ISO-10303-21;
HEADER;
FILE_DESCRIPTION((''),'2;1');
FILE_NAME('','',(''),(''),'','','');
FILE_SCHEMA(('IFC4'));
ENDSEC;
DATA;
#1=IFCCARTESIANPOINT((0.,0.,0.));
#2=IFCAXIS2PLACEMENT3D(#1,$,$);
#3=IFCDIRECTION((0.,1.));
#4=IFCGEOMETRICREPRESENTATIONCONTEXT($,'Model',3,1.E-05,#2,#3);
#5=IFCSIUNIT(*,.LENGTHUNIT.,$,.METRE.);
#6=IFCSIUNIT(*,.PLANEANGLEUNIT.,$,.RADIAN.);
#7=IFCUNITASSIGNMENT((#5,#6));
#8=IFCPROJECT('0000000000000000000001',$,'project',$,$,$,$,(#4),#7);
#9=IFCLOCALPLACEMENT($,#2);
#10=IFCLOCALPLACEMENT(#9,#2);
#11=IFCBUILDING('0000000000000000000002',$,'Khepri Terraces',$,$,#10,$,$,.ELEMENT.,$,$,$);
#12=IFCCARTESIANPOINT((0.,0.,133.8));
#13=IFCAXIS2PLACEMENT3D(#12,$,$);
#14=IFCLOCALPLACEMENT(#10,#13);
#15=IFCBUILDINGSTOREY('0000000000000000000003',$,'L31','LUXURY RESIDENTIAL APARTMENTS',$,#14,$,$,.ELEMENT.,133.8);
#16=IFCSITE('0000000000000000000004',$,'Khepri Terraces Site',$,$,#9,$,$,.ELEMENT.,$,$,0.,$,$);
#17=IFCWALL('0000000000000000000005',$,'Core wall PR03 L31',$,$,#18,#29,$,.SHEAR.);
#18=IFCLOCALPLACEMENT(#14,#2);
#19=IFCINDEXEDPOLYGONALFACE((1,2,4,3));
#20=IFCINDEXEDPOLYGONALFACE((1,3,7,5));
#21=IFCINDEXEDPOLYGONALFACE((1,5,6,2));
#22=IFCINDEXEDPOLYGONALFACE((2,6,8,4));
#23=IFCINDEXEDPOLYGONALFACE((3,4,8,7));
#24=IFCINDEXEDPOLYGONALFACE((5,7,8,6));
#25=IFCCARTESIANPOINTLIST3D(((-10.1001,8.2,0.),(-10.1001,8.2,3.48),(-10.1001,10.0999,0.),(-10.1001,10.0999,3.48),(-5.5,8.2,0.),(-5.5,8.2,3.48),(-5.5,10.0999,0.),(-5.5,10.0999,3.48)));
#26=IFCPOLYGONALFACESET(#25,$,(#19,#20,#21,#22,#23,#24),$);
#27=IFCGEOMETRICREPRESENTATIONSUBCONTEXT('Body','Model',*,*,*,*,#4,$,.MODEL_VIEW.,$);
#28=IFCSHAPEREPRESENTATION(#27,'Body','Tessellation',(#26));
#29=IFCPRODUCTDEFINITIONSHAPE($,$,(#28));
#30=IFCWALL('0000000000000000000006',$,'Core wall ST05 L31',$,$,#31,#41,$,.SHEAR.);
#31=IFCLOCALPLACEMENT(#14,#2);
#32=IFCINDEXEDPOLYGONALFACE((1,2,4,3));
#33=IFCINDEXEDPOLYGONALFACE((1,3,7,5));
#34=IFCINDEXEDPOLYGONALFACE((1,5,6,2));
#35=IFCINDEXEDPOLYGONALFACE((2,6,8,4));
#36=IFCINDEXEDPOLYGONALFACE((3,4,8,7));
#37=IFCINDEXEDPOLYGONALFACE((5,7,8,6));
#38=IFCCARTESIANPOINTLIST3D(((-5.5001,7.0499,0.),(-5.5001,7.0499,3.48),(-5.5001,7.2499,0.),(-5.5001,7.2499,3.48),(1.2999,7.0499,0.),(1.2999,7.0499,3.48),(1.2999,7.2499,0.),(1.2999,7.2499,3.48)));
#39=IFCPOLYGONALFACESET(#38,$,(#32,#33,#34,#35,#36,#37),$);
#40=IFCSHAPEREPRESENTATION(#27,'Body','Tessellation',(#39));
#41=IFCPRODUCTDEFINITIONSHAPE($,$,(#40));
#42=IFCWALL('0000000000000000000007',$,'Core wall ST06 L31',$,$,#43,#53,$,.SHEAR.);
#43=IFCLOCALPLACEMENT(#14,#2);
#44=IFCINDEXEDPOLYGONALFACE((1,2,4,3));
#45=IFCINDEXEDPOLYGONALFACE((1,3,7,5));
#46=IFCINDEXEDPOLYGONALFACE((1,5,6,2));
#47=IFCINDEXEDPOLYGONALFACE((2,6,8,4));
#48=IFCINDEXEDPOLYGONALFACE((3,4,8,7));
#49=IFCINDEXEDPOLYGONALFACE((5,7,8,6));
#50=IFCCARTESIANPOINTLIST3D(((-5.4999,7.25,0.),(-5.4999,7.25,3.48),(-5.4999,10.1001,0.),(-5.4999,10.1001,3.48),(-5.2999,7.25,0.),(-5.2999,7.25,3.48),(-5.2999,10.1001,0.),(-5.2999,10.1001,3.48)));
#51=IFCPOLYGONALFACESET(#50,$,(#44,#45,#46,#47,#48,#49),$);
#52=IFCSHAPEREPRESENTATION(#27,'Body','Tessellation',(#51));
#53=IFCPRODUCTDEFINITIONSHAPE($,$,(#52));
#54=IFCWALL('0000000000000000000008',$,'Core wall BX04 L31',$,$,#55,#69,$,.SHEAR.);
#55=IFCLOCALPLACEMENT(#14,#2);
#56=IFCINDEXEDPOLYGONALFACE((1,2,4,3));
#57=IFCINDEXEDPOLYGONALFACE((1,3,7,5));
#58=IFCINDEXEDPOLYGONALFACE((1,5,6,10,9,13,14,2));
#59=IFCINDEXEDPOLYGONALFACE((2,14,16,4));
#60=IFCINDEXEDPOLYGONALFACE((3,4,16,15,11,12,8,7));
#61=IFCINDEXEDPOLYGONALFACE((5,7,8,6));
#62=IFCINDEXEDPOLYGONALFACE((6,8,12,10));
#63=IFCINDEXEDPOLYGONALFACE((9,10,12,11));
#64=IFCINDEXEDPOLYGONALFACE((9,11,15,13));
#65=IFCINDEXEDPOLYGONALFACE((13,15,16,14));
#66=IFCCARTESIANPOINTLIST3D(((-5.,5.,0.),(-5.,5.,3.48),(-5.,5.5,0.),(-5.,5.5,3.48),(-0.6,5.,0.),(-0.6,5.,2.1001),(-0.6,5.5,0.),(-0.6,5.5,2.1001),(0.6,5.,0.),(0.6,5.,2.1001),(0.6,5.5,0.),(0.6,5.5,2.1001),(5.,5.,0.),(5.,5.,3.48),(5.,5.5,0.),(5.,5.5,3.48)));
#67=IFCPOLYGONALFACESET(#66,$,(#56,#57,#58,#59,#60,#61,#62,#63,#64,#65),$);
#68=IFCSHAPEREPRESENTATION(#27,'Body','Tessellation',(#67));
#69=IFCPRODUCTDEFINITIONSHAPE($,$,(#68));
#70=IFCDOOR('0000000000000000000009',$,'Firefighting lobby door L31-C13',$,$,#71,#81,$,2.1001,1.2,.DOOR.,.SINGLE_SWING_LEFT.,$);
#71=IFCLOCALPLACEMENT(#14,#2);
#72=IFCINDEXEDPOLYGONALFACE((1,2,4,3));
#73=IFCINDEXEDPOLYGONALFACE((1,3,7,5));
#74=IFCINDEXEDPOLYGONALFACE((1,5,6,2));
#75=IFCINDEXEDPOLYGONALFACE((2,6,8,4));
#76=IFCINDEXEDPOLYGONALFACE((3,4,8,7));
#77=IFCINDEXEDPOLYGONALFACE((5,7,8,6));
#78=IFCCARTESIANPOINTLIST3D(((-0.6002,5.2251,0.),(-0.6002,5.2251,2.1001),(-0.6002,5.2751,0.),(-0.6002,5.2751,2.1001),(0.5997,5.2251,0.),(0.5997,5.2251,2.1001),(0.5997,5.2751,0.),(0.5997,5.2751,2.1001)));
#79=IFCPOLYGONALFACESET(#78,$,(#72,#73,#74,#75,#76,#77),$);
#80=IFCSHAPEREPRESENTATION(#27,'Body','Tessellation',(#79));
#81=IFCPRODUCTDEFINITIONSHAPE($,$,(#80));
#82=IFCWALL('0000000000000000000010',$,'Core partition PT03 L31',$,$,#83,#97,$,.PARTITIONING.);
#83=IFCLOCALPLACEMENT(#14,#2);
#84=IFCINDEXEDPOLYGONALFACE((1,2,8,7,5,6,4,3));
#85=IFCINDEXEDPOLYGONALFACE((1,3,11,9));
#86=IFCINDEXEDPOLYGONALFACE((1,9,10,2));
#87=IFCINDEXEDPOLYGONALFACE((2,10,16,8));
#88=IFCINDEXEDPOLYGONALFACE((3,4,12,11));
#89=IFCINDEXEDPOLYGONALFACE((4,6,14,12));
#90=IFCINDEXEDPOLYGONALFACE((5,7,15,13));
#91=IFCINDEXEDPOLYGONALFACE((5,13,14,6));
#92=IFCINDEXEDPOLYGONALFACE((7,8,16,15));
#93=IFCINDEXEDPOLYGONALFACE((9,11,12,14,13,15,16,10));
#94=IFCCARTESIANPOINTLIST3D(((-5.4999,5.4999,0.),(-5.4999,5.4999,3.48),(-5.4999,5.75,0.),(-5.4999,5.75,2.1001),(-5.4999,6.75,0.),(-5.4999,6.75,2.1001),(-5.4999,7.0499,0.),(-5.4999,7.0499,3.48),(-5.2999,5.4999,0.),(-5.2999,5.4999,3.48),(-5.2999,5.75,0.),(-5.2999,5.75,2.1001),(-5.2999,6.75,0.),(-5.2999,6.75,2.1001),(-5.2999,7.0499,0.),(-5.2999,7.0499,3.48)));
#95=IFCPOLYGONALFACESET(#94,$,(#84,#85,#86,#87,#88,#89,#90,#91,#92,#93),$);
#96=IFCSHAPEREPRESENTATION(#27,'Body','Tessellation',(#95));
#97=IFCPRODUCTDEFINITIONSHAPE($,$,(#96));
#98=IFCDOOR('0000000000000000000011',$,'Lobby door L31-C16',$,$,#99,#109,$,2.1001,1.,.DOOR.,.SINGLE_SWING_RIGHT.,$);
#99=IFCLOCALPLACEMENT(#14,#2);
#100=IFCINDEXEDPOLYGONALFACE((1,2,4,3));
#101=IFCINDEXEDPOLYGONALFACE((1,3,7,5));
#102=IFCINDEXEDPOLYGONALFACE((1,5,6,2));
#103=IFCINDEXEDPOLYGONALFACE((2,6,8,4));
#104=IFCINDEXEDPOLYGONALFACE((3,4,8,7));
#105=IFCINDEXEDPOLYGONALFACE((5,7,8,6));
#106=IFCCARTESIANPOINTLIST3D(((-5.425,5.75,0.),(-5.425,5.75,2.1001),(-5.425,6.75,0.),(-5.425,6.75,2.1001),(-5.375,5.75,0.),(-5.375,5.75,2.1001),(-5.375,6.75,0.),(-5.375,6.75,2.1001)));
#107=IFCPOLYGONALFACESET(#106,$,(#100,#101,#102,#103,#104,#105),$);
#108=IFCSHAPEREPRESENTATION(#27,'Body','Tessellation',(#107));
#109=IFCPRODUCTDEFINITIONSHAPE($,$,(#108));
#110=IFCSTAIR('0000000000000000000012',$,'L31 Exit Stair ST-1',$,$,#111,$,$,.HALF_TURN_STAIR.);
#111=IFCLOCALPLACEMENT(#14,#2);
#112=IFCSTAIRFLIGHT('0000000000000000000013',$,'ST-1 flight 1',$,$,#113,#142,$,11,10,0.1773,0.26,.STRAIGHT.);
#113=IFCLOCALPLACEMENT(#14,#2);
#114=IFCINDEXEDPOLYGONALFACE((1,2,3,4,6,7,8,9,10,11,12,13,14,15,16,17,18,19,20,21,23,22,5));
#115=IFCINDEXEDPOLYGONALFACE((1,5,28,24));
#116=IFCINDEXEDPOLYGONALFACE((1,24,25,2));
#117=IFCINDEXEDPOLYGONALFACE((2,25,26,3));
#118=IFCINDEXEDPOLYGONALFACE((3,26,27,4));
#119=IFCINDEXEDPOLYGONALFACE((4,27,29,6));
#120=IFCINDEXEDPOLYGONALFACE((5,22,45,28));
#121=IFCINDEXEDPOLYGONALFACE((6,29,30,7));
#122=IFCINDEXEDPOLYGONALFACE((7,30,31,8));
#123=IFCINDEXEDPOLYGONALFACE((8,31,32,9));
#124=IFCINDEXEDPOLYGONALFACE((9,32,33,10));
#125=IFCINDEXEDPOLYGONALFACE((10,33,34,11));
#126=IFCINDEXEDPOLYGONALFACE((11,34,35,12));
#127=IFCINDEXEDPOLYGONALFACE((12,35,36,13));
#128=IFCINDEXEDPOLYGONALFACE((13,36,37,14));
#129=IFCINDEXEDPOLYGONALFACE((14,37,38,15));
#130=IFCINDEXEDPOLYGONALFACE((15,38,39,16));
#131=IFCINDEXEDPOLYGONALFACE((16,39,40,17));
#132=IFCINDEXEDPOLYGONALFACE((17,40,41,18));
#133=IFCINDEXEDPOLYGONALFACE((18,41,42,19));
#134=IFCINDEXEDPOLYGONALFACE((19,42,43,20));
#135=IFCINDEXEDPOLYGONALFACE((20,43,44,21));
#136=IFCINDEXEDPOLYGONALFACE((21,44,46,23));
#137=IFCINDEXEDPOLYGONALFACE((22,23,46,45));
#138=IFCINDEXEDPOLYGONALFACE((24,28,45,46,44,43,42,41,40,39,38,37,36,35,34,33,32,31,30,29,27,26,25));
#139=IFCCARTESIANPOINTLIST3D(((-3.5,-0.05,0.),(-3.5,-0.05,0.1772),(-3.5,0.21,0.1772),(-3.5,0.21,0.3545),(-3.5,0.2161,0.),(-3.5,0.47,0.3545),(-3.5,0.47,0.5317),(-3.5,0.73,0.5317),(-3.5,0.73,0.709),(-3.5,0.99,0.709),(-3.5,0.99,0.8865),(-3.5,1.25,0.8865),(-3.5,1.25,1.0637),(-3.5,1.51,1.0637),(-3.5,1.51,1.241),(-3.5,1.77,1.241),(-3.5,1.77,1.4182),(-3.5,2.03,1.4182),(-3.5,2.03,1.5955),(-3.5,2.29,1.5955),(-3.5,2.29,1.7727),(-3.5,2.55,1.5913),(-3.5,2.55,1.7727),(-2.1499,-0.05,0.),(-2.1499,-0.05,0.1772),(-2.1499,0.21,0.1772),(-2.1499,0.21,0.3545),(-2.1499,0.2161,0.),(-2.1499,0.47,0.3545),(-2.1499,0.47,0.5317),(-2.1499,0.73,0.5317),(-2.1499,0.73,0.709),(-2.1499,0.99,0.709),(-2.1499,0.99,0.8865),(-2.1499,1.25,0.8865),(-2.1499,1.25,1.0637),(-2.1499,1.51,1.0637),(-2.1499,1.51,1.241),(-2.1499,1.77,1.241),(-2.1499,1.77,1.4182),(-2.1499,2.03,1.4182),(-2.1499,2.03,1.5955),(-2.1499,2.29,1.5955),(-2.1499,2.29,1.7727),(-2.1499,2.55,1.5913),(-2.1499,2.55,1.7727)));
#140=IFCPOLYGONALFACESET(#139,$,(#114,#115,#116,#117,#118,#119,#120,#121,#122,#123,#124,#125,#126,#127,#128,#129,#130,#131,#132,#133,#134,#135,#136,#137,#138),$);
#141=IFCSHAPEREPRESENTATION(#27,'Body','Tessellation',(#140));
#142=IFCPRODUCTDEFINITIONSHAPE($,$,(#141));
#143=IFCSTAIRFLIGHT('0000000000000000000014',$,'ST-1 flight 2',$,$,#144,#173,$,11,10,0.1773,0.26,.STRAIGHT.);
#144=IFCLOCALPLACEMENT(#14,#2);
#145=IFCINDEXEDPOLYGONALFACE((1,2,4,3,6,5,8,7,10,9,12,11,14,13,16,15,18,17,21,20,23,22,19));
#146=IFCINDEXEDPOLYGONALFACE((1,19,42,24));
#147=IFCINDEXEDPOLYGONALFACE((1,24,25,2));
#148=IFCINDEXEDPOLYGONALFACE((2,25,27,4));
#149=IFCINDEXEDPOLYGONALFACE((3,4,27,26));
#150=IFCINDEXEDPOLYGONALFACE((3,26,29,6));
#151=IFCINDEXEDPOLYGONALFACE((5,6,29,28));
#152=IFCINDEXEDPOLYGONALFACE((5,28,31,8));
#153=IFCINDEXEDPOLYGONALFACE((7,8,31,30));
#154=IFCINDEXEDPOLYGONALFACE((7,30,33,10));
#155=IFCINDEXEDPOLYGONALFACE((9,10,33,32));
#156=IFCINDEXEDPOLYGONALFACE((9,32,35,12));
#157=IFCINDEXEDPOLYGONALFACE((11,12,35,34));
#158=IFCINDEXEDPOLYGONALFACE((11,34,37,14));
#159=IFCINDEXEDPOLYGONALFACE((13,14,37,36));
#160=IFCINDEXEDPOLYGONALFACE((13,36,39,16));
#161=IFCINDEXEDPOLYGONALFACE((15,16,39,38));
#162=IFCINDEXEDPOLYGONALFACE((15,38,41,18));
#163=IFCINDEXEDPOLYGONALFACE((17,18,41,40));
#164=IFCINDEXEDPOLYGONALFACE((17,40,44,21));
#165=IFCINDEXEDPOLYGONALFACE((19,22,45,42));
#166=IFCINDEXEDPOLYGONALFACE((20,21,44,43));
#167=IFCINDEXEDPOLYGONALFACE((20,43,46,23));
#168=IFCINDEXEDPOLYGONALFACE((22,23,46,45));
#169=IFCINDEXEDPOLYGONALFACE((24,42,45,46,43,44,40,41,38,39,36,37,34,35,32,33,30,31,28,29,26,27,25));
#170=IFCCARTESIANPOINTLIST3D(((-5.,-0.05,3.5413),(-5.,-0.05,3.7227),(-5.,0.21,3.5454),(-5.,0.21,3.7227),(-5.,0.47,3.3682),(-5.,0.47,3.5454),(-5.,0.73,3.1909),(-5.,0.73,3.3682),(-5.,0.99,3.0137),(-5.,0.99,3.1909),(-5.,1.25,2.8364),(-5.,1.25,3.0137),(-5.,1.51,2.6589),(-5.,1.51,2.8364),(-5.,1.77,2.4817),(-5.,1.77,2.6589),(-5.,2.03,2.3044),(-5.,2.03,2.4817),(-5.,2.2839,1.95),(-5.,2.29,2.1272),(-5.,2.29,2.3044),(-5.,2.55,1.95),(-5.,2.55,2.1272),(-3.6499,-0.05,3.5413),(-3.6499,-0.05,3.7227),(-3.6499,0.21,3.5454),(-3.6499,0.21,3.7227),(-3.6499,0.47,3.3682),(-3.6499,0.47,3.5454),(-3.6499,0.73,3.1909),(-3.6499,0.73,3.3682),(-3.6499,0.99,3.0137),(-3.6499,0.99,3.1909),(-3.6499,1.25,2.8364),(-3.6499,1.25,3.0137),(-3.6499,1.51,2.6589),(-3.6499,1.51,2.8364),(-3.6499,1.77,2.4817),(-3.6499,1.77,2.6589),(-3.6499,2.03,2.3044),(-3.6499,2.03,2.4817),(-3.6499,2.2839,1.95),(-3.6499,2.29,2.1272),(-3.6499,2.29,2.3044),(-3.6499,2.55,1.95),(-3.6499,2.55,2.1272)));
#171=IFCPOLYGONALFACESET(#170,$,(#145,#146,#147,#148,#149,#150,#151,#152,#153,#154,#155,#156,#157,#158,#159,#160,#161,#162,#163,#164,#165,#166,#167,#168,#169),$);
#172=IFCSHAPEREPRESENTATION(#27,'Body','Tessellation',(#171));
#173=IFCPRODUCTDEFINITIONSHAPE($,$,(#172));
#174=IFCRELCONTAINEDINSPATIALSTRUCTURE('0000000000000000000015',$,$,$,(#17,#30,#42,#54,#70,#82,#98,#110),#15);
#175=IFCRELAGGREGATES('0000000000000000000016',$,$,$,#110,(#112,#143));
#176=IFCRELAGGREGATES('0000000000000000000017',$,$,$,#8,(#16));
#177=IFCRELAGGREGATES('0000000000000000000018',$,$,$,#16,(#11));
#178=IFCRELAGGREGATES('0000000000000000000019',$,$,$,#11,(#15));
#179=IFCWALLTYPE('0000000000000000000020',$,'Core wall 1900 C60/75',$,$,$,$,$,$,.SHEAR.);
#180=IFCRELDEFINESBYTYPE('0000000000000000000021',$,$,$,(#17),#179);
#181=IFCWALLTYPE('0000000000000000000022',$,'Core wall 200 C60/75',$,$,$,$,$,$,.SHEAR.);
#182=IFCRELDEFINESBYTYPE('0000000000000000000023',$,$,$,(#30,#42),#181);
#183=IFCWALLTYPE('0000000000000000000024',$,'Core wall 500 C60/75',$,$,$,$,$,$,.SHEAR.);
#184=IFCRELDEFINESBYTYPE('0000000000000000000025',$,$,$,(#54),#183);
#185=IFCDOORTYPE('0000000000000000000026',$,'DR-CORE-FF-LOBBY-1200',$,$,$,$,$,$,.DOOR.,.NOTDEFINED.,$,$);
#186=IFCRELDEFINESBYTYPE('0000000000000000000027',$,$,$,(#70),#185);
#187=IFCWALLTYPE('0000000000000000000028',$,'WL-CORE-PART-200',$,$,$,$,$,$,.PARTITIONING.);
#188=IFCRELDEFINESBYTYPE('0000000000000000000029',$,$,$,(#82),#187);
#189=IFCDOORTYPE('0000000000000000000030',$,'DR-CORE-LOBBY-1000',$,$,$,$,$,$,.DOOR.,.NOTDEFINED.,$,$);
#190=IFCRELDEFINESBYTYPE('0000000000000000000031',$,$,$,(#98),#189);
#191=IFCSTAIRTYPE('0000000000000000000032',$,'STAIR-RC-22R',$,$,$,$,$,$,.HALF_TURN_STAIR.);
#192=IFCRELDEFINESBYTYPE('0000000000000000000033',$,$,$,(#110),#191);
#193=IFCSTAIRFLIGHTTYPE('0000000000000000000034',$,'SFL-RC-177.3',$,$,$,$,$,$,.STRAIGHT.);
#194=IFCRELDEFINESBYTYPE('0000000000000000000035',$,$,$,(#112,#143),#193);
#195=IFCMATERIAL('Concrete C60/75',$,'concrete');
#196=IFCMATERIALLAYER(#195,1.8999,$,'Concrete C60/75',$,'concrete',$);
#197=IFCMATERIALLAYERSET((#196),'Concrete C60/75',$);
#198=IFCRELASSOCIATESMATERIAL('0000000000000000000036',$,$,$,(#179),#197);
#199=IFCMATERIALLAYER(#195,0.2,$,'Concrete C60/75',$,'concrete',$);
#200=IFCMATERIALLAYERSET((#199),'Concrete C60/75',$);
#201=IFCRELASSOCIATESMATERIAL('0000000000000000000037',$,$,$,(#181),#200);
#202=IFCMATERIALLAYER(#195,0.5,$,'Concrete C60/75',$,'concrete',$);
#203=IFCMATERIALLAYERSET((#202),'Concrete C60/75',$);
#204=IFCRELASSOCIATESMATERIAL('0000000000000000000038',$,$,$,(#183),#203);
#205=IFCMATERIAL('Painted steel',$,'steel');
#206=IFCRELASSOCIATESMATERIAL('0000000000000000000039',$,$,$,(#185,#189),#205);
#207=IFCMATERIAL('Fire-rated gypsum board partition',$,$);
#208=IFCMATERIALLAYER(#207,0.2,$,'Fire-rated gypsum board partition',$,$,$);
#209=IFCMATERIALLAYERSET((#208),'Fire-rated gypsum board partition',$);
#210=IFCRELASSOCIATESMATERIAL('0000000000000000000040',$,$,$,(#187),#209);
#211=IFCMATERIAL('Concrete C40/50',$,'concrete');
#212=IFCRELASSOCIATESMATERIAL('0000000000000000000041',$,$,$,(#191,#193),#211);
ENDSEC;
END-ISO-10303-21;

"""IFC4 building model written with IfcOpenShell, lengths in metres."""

from ifc_helpers import new_model, si_unit, direction, frame, frame_2d, origin, place, context, subcontext, project, spatial, polyline, rectangle, outline, extrude, material, layer, layer_set, type_object, element, fill, aggregate, save


model = new_model("IFC4")

# Units and contexts
model_context = context("Model", 3, precision=1e-05, world=origin(), true_north=direction((0.0, 1.0)))
body_context = subcontext(model_context, "Body", "Model", "MODEL_VIEW")
ifc_project = project(units=[si_unit("LENGTHUNIT", "METRE"), si_unit("PLANEANGLEUNIT", "RADIAN")], contexts=[model_context])

# Site, building, storey
site_placement = place(None, origin())
site = spatial("IfcSite", under=ifc_project, at=site_placement, Name="Khepri Terraces Site", CompositionType="ELEMENT", RefElevation=0.0)
building_placement = place(site_placement, origin())
building = spatial("IfcBuilding", under=site, at=building_placement, Name="Khepri Terraces", CompositionType="ELEMENT")
storey_placement = place(building_placement, frame((0.0, 0.0, 133.8)))
storey = spatial("IfcBuildingStorey", under=building, at=storey_placement, Name="L31", Description="LUXURY RESIDENTIAL APARTMENTS", CompositionType="ELEMENT", Elevation=133.8)

# Walls
ifc_material_1 = material(Name="Concrete C60/75", Category="concrete")
ifc_layer_1 = layer(ifc_material_1, 1.8999, Name="Concrete C60/75", Category="concrete")
ifc_layer_set_1 = layer_set([ifc_layer_1], Name="Concrete C60/75")
wall_type_1 = type_object("IfcWallType", Name="Core wall 1900 C60/75", PredefinedType="SHEAR", material=ifc_layer_set_1)
wall_1_placement = place(storey_placement, frame((-10.1001, 9.1499, 0.0), z_axis=(0.0, 0.0, 1.0), x_axis=(1.0, 0.0, 0.0)))
element("IfcWall", 1, at=wall_1_placement, inside=storey, type_object=wall_type_1, Name="Core wall PR03 L31", PredefinedType="SHEAR", context=body_context, shape_type="SweptSolid", body=[
    extrude(rectangle(XDim=4.6001, YDim=1.8999, at=frame_2d((2.3, 0.0))), origin(), (0.0, 0.0, 1.0), 3.48),
])
ifc_layer_2 = layer(ifc_material_1, 0.2, Name="Concrete C60/75", Category="concrete")
ifc_layer_set_2 = layer_set([ifc_layer_2], Name="Concrete C60/75")
wall_type_2 = type_object("IfcWallType", Name="Core wall 200 C60/75", PredefinedType="SHEAR", material=ifc_layer_set_2)
wall_2_placement = place(storey_placement, frame((-5.5, 7.1499, 0.0), z_axis=(0.0, 0.0, 1.0), x_axis=(1.0, 0.0, 0.0)))
element("IfcWall", 2, at=wall_2_placement, inside=storey, type_object=wall_type_2, Name="Core wall ST05 L31", PredefinedType="SHEAR", context=body_context, shape_type="SweptSolid", body=[
    extrude(rectangle(XDim=6.8, YDim=0.2, at=frame_2d((3.3999, 0.0))), origin(), (0.0, 0.0, 1.0), 3.48),
])
wall_3_placement = place(storey_placement, frame((-5.3999, 7.25, 0.0), z_axis=(0.0, 0.0, 1.0), x_axis=(0.0, 1.0, 0.0)))
element("IfcWall", 3, at=wall_3_placement, inside=storey, type_object=wall_type_2, Name="Core wall ST06 L31", PredefinedType="SHEAR", context=body_context, shape_type="SweptSolid", body=[
    extrude(rectangle(XDim=2.8501, YDim=0.2, at=frame_2d((1.425, 0.0))), origin(), (0.0, 0.0, 1.0), 3.48),
])

# Walls, openings, doors
ifc_layer_3 = layer(ifc_material_1, 0.5, Name="Concrete C60/75", Category="concrete")
ifc_layer_set_3 = layer_set([ifc_layer_3], Name="Concrete C60/75")
wall_type_3 = type_object("IfcWallType", Name="Core wall 500 C60/75", PredefinedType="SHEAR", material=ifc_layer_set_3)
wall_4_placement = place(storey_placement, frame((-5.0, 5.25, 0.0), z_axis=(0.0, 0.0, 1.0), x_axis=(1.0, 0.0, 0.0)))
wall_4 = element("IfcWall", 4, at=wall_4_placement, inside=storey, type_object=wall_type_3, Name="Core wall BX04 L31", PredefinedType="SHEAR", context=body_context, shape_type="SweptSolid", body=[
    extrude(rectangle(XDim=10.0, YDim=0.5, at=frame_2d((5.0, 0.0))), origin(), (0.0, 0.0, 1.0), 3.48),
])
opening_1_placement = place(wall_4_placement, frame((4.3999, 0.0, 0.0)))
opening_1 = element("IfcOpeningElement", 5, at=opening_1_placement, cuts=wall_4, PredefinedType="OPENING", context=body_context, shape_type="SweptSolid", body=[
    extrude(rectangle(XDim=1.2, YDim=2.1001, at=frame_2d((0.6001, 1.05))), frame((0.0, 0.26, 0.0), z_axis=(0.0, -1.0, 0.0), x_axis=(1.0, 0.0, 0.0)), (0.0, 0.0, 1.0), 0.52),
])
ifc_material_2 = material(Name="Painted steel", Category="steel")
door_type_1 = type_object("IfcDoorType", Name="DR-CORE-FF-LOBBY-1200", OperationType="NOTDEFINED", PredefinedType="DOOR", material=ifc_material_2)
door_1_placement = place(opening_1_placement, frame((1.2, 0.0, 0.0), z_axis=(0.0, 0.0, 1.0), x_axis=(-1.0, 0.0, 0.0)))
door_1 = element("IfcDoor", 6, at=door_1_placement, inside=storey, type_object=door_type_1, Name="Firefighting lobby door L31-C13", OperationType="SINGLE_SWING_LEFT", OverallHeight=2.1001, OverallWidth=1.2, PredefinedType="DOOR", context=body_context, shape_type="SweptSolid", body=[
    extrude(rectangle(XDim=1.2, YDim=2.1001, at=frame_2d((0.6001, 1.05))), frame((0.0, 0.0249, 0.0), z_axis=(0.0, -1.0, 0.0), x_axis=(1.0, 0.0, 0.0)), (0.0, 0.0, 1.0), 0.05),
])
fill(opening_1, door_1)
ifc_material_3 = material(Name="Fire-rated gypsum board partition")
ifc_layer_4 = layer(ifc_material_3, 0.2, Name="Fire-rated gypsum board partition")
ifc_layer_set_4 = layer_set([ifc_layer_4], Name="Fire-rated gypsum board partition")
wall_type_4 = type_object("IfcWallType", Name="WL-CORE-PART-200", PredefinedType="PARTITIONING", material=ifc_layer_set_4)
wall_5_placement = place(storey_placement, frame((-5.3999, 5.5, 0.0), z_axis=(0.0, 0.0, 1.0), x_axis=(0.0, 1.0, 0.0)))
wall_5 = element("IfcWall", 7, at=wall_5_placement, inside=storey, type_object=wall_type_4, Name="Core partition PT03 L31", PredefinedType="PARTITIONING", context=body_context, shape_type="SweptSolid", body=[
    extrude(rectangle(XDim=1.55, YDim=0.2, at=frame_2d((0.7749, 0.0))), origin(), (0.0, 0.0, 1.0), 3.48),
])
opening_2_placement = place(wall_5_placement, frame((0.25, 0.0, 0.0)))
opening_2 = element("IfcOpeningElement", 8, at=opening_2_placement, cuts=wall_5, PredefinedType="OPENING", context=body_context, shape_type="SweptSolid", body=[
    extrude(rectangle(XDim=1.0, YDim=2.1001, at=frame_2d((0.5, 1.05))), frame((0.0, 0.1099, 0.0), z_axis=(0.0, -1.0, 0.0), x_axis=(1.0, 0.0, 0.0)), (0.0, 0.0, 1.0), 0.22),
])
door_type_2 = type_object("IfcDoorType", Name="DR-CORE-LOBBY-1000", OperationType="NOTDEFINED", PredefinedType="DOOR", material=ifc_material_2)
door_2_placement = place(opening_2_placement, frame((1.0, 0.0, 0.0), z_axis=(0.0, 0.0, 1.0), x_axis=(-1.0, 0.0, 0.0)))
door_2 = element("IfcDoor", 9, at=door_2_placement, inside=storey, type_object=door_type_2, Name="Lobby door L31-C16", OperationType="SINGLE_SWING_RIGHT", OverallHeight=2.1001, OverallWidth=1.0, PredefinedType="DOOR", context=body_context, shape_type="SweptSolid", body=[
    extrude(rectangle(XDim=1.0, YDim=2.1001, at=frame_2d((0.5, 1.05))), frame((0.0, 0.0249, 0.0), z_axis=(0.0, -1.0, 0.0), x_axis=(1.0, 0.0, 0.0)), (0.0, 0.0, 1.0), 0.05),
])
fill(opening_2, door_2)

# Stair, stair flights
ifc_material_4 = material(Name="Concrete C40/50", Category="concrete")
stair_type = type_object("IfcStairType", Name="STAIR-RC-22R", PredefinedType="HALF_TURN_STAIR", material=ifc_material_4)
stair_1_placement = place(storey_placement, origin())
stair_1 = element("IfcStair", 10, at=stair_1_placement, inside=storey, type_object=stair_type, Name="L31 Exit Stair ST-1", PredefinedType="HALF_TURN_STAIR")
stair_flight_type = type_object("IfcStairFlightType", Name="SFL-RC-177.3", PredefinedType="STRAIGHT", material=ifc_material_4)
stair_flight_1_placement = place(storey_placement, frame((-2.825, -0.05, 0.0), z_axis=(0.0, 0.0, 1.0), x_axis=(0.0, 1.0, 0.0)))
stair_flight_1 = element("IfcStairFlight", 11, at=stair_flight_1_placement, type_object=stair_flight_type, Name="ST-1 flight 1", NumberOfRisers=11, NumberOfTreads=10, PredefinedType="STRAIGHT", RiserHeight=0.1773, TreadLength=0.26, context=body_context, shape_type="SweptSolid", body=[
    extrude(outline(polyline([(0.0, 0.0), (0.0, 0.1772), (0.26, 0.1772), (0.26, 0.3545), (0.52, 0.3545), (0.52, 0.5317), (0.78, 0.5317), (0.78, 0.709), (1.04, 0.709), (1.04, 0.8865), (1.3, 0.8865), (1.3, 1.0637), (1.5601, 1.0637), (1.5601, 1.241), (1.8201, 1.241), (1.8201, 1.4182), (2.0801, 1.4182), (2.0801, 1.5955), (2.3401, 1.5955), (2.3401, 1.7727), (2.6001, 1.7727), (2.6001, 1.95), (2.6001, 1.5913), (0.2661, 0.0), (0.0, 0.0)])), frame((0.0, 0.675, 0.0), z_axis=(0.0, -1.0, 0.0), x_axis=(1.0, 0.0, 0.0)), (0.0, 0.0, 1.0), 1.3501),
])
stair_flight_2_placement = place(storey_placement, frame((-4.325, 2.55, 1.95), z_axis=(0.0, 0.0, 1.0), x_axis=(0.0, -1.0, 0.0)))
stair_flight_2 = element("IfcStairFlight", 12, at=stair_flight_2_placement, type_object=stair_flight_type, Name="ST-1 flight 2", NumberOfRisers=11, NumberOfTreads=10, PredefinedType="STRAIGHT", RiserHeight=0.1773, TreadLength=0.26, context=body_context, shape_type="SweptSolid", body=[
    extrude(outline(polyline([(0.0, 0.0), (0.0, 0.1772), (0.26, 0.1772), (0.26, 0.3545), (0.52, 0.3545), (0.52, 0.5317), (0.78, 0.5317), (0.78, 0.709), (1.04, 0.709), (1.04, 0.8865), (1.3, 0.8865), (1.3, 1.0637), (1.5601, 1.0637), (1.5601, 1.241), (1.8201, 1.241), (1.8201, 1.4182), (2.0801, 1.4182), (2.0801, 1.5955), (2.3401, 1.5955), (2.3401, 1.7727), (2.6001, 1.7727), (2.6001, 1.95), (2.6001, 1.5913), (0.2661, 0.0), (0.0, 0.0)])), frame((0.0, 0.675, 0.0), z_axis=(0.0, -1.0, 0.0), x_axis=(1.0, 0.0, 0.0)), (0.0, 0.0, 1.0), 1.3501),
])
aggregate(stair_1, [stair_flight_1, stair_flight_2])

save(model, "model.ifc")
